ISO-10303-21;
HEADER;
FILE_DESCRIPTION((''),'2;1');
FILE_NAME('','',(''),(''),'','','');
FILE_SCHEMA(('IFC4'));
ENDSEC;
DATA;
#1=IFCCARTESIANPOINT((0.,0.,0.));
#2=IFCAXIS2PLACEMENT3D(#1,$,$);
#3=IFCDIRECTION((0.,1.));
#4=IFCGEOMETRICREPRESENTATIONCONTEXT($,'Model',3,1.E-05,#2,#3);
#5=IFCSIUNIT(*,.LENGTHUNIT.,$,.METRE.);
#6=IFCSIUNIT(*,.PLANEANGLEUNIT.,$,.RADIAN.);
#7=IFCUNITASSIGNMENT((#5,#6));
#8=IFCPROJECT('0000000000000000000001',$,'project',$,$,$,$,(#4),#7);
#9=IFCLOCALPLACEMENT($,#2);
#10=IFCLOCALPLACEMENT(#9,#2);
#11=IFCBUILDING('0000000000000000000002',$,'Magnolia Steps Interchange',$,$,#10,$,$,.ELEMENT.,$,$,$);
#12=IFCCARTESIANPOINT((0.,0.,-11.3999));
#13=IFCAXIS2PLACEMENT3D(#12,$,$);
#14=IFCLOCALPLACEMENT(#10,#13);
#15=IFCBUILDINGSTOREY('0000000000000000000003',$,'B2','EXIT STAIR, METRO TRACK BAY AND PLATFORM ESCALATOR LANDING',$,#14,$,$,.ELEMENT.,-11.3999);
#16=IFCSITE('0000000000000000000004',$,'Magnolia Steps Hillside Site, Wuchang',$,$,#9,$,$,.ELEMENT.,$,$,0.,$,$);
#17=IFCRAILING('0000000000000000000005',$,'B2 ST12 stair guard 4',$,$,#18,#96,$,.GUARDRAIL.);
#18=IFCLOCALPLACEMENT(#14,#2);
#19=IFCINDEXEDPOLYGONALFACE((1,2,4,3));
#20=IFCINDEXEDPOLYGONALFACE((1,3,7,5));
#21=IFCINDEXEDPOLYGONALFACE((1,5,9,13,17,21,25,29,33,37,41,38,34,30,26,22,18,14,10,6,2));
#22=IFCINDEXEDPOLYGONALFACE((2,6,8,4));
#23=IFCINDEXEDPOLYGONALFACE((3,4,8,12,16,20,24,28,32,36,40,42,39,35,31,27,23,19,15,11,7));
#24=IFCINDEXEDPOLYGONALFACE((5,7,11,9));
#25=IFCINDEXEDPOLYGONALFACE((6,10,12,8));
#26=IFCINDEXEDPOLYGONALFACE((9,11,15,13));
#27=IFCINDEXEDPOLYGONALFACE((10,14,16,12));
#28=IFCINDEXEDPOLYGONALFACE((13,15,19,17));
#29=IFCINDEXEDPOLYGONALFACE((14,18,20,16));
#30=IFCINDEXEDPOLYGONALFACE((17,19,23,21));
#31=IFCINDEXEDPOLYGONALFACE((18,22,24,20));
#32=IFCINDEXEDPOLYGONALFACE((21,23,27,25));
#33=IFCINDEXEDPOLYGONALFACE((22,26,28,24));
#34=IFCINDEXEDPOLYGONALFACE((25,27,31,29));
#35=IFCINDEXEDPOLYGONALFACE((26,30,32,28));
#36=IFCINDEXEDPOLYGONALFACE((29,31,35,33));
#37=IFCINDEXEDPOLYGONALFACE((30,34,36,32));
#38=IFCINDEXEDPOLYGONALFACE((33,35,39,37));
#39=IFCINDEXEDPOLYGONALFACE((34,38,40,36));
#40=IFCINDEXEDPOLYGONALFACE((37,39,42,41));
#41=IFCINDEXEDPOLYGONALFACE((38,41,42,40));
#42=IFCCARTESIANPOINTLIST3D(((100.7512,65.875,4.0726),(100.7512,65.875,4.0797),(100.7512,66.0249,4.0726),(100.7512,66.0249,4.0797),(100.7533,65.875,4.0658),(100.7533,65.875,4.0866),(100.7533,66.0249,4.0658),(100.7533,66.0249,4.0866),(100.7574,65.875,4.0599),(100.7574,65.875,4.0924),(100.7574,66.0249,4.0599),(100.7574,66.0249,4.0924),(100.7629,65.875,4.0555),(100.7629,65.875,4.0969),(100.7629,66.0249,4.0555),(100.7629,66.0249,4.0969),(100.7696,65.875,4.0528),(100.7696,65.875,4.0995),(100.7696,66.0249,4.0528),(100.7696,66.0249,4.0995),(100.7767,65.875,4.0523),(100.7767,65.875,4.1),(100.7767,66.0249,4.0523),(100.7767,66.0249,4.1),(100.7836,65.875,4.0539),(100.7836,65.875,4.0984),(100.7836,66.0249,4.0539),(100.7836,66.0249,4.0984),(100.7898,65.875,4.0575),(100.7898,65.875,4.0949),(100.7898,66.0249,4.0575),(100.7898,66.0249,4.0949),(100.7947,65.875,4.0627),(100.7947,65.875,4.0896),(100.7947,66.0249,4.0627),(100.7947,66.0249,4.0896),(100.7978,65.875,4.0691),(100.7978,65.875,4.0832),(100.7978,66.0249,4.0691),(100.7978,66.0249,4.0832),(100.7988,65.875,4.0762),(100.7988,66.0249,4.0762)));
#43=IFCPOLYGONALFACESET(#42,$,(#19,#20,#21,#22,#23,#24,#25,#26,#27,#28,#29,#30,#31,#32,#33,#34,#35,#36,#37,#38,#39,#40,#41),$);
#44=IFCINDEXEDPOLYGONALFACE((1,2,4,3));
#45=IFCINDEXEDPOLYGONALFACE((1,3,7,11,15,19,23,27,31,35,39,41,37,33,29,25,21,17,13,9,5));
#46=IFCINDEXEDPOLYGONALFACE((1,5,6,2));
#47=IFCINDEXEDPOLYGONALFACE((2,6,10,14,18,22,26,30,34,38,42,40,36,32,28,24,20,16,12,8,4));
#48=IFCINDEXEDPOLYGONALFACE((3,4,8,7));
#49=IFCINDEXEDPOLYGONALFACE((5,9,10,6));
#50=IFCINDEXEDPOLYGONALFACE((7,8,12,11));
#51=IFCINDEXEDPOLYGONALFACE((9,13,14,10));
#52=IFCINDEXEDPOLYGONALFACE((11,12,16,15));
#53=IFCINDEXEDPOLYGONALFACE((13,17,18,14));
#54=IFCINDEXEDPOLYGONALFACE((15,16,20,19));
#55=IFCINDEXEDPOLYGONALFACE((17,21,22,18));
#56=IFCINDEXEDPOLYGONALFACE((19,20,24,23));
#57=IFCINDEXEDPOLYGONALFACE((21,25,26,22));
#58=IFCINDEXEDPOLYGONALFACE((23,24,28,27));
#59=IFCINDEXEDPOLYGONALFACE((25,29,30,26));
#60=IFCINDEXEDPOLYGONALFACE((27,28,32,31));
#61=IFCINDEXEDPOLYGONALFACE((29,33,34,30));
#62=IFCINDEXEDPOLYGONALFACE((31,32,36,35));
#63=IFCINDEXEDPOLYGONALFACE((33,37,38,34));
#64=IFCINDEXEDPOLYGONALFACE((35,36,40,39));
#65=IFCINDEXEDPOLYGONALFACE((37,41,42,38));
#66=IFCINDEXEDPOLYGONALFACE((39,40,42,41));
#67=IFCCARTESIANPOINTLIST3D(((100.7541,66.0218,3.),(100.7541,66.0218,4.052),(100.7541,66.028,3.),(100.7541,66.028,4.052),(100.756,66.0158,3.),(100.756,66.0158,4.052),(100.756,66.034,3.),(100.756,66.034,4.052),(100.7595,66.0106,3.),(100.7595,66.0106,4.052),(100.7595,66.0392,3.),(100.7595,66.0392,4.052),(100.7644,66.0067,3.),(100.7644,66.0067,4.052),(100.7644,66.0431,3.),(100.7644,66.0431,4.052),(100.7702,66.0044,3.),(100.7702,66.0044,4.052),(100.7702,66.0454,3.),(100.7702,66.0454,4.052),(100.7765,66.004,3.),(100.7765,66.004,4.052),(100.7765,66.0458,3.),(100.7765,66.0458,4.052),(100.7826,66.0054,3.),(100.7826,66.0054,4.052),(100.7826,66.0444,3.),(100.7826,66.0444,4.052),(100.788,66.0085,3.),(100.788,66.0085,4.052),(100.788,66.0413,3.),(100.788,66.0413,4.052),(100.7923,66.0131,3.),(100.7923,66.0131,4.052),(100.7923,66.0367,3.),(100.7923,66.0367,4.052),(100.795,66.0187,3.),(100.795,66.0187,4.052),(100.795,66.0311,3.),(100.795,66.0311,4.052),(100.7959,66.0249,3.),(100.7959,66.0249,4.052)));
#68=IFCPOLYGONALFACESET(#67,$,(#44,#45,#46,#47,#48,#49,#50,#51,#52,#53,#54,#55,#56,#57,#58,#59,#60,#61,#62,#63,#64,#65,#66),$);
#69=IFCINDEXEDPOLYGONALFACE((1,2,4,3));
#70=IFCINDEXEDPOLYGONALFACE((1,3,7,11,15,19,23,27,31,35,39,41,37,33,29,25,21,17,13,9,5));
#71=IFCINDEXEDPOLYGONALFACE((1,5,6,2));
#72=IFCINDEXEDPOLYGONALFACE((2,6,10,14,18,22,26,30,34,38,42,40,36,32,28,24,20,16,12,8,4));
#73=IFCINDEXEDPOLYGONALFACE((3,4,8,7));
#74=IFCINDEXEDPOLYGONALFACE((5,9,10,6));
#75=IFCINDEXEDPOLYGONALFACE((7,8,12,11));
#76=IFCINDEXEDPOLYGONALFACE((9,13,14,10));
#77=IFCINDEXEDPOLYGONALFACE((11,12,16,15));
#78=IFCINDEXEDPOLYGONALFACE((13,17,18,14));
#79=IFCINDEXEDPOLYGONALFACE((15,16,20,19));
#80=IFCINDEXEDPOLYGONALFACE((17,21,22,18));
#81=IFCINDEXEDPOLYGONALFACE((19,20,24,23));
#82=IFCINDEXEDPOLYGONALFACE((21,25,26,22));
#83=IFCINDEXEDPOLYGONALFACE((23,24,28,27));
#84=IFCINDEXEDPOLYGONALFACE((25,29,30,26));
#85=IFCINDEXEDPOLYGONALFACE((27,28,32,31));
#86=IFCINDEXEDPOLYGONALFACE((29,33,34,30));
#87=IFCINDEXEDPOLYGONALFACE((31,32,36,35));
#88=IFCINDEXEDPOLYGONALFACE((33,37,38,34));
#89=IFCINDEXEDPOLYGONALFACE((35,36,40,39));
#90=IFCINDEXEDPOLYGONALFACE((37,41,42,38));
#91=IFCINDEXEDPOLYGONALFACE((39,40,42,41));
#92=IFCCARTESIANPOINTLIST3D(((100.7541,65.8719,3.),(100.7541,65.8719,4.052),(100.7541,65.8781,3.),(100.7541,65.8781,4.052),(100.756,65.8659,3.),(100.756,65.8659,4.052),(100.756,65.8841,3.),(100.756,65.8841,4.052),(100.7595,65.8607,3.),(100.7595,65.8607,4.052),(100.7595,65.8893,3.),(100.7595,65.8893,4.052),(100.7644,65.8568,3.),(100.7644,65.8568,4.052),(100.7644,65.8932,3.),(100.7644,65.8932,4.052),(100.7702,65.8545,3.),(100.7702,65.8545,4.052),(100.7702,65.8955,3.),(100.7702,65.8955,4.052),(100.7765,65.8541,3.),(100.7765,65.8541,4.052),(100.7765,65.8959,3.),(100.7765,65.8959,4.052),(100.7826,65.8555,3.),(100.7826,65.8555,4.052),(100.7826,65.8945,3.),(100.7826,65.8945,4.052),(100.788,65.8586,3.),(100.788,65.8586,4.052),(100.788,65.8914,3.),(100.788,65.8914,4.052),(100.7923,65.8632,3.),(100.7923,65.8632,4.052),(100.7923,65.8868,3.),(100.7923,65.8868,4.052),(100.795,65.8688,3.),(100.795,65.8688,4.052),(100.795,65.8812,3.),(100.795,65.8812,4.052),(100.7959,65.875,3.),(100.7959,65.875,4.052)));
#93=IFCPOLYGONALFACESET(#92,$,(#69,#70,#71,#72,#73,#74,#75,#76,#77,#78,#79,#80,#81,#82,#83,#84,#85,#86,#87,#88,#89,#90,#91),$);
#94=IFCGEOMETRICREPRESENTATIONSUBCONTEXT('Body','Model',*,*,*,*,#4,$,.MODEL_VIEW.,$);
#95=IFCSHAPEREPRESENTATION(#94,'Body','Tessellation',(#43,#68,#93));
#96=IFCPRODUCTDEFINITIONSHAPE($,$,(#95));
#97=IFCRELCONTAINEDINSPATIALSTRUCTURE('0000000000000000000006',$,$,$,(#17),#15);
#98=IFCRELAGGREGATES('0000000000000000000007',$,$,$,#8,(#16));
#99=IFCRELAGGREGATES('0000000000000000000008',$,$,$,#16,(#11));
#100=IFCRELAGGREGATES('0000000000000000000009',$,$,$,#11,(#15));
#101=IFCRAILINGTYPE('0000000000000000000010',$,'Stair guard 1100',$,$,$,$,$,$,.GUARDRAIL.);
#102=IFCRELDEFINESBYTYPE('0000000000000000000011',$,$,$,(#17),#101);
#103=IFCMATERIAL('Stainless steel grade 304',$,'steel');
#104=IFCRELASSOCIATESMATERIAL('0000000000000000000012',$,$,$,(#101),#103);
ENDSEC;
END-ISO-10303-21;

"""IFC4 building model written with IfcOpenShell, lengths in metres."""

from ifc_helpers import new_model, si_unit, direction, frame, origin, origin_2d, place, context, subcontext, project, spatial, circle, extrude, material, type_object, element, save


model = new_model("IFC4")

# Units and contexts
model_context = context("Model", 3, precision=1e-05, world=origin(), true_north=direction((0.0, 1.0)))
body_context = subcontext(model_context, "Body", "Model", "MODEL_VIEW")
ifc_project = project(units=[si_unit("LENGTHUNIT", "METRE"), si_unit("PLANEANGLEUNIT", "RADIAN")], contexts=[model_context])

# Site, building, storey
site_placement = place(None, origin())
site = spatial("IfcSite", under=ifc_project, at=site_placement, Name="Magnolia Steps Hillside Site, Wuchang", CompositionType="ELEMENT", RefElevation=0.0)
building_placement = place(site_placement, origin())
building = spatial("IfcBuilding", under=site, at=building_placement, Name="Magnolia Steps Interchange", CompositionType="ELEMENT")
storey_placement = place(building_placement, frame((0.0, 0.0, -11.3999)))
storey = spatial("IfcBuildingStorey", under=building, at=storey_placement, Name="B2", Description="EXIT STAIR, METRO TRACK BAY AND PLATFORM ESCALATOR LANDING", CompositionType="ELEMENT", Elevation=-11.3999)

# Railing
ifc_material_1 = material(Name="Stainless steel grade 304", Category="steel")
railing_type_1 = type_object("IfcRailingType", Name="Stair guard 1100", PredefinedType="GUARDRAIL", material=ifc_material_1)
railing_1_placement = place(storey_placement, frame((100.7749, 66.0249, 3.0)))
element("IfcRailing", 1, at=railing_1_placement, inside=storey, type_object=railing_type_1, Name="B2 ST12 stair guard 4", PredefinedType="GUARDRAIL", context=body_context, shape_type="SweptSolid", body=[
    extrude(circle(Radius=0.0239, at=origin_2d()), frame((0.0, 0.0, 1.0762), z_axis=(0.0, -1.0, 0.0), x_axis=(1.0, 0.0, 0.0)), (0.0, 0.0, 1.0), 0.1499),
    extrude(circle(Radius=0.021, at=origin_2d()), origin(), (0.0, 0.0, 1.0), 1.052),
    extrude(circle(Radius=0.021, at=origin_2d()), frame((0.0, -0.1499, 0.0)), (0.0, 0.0, 1.0), 1.052),
])

save(model, "model.ifc")
